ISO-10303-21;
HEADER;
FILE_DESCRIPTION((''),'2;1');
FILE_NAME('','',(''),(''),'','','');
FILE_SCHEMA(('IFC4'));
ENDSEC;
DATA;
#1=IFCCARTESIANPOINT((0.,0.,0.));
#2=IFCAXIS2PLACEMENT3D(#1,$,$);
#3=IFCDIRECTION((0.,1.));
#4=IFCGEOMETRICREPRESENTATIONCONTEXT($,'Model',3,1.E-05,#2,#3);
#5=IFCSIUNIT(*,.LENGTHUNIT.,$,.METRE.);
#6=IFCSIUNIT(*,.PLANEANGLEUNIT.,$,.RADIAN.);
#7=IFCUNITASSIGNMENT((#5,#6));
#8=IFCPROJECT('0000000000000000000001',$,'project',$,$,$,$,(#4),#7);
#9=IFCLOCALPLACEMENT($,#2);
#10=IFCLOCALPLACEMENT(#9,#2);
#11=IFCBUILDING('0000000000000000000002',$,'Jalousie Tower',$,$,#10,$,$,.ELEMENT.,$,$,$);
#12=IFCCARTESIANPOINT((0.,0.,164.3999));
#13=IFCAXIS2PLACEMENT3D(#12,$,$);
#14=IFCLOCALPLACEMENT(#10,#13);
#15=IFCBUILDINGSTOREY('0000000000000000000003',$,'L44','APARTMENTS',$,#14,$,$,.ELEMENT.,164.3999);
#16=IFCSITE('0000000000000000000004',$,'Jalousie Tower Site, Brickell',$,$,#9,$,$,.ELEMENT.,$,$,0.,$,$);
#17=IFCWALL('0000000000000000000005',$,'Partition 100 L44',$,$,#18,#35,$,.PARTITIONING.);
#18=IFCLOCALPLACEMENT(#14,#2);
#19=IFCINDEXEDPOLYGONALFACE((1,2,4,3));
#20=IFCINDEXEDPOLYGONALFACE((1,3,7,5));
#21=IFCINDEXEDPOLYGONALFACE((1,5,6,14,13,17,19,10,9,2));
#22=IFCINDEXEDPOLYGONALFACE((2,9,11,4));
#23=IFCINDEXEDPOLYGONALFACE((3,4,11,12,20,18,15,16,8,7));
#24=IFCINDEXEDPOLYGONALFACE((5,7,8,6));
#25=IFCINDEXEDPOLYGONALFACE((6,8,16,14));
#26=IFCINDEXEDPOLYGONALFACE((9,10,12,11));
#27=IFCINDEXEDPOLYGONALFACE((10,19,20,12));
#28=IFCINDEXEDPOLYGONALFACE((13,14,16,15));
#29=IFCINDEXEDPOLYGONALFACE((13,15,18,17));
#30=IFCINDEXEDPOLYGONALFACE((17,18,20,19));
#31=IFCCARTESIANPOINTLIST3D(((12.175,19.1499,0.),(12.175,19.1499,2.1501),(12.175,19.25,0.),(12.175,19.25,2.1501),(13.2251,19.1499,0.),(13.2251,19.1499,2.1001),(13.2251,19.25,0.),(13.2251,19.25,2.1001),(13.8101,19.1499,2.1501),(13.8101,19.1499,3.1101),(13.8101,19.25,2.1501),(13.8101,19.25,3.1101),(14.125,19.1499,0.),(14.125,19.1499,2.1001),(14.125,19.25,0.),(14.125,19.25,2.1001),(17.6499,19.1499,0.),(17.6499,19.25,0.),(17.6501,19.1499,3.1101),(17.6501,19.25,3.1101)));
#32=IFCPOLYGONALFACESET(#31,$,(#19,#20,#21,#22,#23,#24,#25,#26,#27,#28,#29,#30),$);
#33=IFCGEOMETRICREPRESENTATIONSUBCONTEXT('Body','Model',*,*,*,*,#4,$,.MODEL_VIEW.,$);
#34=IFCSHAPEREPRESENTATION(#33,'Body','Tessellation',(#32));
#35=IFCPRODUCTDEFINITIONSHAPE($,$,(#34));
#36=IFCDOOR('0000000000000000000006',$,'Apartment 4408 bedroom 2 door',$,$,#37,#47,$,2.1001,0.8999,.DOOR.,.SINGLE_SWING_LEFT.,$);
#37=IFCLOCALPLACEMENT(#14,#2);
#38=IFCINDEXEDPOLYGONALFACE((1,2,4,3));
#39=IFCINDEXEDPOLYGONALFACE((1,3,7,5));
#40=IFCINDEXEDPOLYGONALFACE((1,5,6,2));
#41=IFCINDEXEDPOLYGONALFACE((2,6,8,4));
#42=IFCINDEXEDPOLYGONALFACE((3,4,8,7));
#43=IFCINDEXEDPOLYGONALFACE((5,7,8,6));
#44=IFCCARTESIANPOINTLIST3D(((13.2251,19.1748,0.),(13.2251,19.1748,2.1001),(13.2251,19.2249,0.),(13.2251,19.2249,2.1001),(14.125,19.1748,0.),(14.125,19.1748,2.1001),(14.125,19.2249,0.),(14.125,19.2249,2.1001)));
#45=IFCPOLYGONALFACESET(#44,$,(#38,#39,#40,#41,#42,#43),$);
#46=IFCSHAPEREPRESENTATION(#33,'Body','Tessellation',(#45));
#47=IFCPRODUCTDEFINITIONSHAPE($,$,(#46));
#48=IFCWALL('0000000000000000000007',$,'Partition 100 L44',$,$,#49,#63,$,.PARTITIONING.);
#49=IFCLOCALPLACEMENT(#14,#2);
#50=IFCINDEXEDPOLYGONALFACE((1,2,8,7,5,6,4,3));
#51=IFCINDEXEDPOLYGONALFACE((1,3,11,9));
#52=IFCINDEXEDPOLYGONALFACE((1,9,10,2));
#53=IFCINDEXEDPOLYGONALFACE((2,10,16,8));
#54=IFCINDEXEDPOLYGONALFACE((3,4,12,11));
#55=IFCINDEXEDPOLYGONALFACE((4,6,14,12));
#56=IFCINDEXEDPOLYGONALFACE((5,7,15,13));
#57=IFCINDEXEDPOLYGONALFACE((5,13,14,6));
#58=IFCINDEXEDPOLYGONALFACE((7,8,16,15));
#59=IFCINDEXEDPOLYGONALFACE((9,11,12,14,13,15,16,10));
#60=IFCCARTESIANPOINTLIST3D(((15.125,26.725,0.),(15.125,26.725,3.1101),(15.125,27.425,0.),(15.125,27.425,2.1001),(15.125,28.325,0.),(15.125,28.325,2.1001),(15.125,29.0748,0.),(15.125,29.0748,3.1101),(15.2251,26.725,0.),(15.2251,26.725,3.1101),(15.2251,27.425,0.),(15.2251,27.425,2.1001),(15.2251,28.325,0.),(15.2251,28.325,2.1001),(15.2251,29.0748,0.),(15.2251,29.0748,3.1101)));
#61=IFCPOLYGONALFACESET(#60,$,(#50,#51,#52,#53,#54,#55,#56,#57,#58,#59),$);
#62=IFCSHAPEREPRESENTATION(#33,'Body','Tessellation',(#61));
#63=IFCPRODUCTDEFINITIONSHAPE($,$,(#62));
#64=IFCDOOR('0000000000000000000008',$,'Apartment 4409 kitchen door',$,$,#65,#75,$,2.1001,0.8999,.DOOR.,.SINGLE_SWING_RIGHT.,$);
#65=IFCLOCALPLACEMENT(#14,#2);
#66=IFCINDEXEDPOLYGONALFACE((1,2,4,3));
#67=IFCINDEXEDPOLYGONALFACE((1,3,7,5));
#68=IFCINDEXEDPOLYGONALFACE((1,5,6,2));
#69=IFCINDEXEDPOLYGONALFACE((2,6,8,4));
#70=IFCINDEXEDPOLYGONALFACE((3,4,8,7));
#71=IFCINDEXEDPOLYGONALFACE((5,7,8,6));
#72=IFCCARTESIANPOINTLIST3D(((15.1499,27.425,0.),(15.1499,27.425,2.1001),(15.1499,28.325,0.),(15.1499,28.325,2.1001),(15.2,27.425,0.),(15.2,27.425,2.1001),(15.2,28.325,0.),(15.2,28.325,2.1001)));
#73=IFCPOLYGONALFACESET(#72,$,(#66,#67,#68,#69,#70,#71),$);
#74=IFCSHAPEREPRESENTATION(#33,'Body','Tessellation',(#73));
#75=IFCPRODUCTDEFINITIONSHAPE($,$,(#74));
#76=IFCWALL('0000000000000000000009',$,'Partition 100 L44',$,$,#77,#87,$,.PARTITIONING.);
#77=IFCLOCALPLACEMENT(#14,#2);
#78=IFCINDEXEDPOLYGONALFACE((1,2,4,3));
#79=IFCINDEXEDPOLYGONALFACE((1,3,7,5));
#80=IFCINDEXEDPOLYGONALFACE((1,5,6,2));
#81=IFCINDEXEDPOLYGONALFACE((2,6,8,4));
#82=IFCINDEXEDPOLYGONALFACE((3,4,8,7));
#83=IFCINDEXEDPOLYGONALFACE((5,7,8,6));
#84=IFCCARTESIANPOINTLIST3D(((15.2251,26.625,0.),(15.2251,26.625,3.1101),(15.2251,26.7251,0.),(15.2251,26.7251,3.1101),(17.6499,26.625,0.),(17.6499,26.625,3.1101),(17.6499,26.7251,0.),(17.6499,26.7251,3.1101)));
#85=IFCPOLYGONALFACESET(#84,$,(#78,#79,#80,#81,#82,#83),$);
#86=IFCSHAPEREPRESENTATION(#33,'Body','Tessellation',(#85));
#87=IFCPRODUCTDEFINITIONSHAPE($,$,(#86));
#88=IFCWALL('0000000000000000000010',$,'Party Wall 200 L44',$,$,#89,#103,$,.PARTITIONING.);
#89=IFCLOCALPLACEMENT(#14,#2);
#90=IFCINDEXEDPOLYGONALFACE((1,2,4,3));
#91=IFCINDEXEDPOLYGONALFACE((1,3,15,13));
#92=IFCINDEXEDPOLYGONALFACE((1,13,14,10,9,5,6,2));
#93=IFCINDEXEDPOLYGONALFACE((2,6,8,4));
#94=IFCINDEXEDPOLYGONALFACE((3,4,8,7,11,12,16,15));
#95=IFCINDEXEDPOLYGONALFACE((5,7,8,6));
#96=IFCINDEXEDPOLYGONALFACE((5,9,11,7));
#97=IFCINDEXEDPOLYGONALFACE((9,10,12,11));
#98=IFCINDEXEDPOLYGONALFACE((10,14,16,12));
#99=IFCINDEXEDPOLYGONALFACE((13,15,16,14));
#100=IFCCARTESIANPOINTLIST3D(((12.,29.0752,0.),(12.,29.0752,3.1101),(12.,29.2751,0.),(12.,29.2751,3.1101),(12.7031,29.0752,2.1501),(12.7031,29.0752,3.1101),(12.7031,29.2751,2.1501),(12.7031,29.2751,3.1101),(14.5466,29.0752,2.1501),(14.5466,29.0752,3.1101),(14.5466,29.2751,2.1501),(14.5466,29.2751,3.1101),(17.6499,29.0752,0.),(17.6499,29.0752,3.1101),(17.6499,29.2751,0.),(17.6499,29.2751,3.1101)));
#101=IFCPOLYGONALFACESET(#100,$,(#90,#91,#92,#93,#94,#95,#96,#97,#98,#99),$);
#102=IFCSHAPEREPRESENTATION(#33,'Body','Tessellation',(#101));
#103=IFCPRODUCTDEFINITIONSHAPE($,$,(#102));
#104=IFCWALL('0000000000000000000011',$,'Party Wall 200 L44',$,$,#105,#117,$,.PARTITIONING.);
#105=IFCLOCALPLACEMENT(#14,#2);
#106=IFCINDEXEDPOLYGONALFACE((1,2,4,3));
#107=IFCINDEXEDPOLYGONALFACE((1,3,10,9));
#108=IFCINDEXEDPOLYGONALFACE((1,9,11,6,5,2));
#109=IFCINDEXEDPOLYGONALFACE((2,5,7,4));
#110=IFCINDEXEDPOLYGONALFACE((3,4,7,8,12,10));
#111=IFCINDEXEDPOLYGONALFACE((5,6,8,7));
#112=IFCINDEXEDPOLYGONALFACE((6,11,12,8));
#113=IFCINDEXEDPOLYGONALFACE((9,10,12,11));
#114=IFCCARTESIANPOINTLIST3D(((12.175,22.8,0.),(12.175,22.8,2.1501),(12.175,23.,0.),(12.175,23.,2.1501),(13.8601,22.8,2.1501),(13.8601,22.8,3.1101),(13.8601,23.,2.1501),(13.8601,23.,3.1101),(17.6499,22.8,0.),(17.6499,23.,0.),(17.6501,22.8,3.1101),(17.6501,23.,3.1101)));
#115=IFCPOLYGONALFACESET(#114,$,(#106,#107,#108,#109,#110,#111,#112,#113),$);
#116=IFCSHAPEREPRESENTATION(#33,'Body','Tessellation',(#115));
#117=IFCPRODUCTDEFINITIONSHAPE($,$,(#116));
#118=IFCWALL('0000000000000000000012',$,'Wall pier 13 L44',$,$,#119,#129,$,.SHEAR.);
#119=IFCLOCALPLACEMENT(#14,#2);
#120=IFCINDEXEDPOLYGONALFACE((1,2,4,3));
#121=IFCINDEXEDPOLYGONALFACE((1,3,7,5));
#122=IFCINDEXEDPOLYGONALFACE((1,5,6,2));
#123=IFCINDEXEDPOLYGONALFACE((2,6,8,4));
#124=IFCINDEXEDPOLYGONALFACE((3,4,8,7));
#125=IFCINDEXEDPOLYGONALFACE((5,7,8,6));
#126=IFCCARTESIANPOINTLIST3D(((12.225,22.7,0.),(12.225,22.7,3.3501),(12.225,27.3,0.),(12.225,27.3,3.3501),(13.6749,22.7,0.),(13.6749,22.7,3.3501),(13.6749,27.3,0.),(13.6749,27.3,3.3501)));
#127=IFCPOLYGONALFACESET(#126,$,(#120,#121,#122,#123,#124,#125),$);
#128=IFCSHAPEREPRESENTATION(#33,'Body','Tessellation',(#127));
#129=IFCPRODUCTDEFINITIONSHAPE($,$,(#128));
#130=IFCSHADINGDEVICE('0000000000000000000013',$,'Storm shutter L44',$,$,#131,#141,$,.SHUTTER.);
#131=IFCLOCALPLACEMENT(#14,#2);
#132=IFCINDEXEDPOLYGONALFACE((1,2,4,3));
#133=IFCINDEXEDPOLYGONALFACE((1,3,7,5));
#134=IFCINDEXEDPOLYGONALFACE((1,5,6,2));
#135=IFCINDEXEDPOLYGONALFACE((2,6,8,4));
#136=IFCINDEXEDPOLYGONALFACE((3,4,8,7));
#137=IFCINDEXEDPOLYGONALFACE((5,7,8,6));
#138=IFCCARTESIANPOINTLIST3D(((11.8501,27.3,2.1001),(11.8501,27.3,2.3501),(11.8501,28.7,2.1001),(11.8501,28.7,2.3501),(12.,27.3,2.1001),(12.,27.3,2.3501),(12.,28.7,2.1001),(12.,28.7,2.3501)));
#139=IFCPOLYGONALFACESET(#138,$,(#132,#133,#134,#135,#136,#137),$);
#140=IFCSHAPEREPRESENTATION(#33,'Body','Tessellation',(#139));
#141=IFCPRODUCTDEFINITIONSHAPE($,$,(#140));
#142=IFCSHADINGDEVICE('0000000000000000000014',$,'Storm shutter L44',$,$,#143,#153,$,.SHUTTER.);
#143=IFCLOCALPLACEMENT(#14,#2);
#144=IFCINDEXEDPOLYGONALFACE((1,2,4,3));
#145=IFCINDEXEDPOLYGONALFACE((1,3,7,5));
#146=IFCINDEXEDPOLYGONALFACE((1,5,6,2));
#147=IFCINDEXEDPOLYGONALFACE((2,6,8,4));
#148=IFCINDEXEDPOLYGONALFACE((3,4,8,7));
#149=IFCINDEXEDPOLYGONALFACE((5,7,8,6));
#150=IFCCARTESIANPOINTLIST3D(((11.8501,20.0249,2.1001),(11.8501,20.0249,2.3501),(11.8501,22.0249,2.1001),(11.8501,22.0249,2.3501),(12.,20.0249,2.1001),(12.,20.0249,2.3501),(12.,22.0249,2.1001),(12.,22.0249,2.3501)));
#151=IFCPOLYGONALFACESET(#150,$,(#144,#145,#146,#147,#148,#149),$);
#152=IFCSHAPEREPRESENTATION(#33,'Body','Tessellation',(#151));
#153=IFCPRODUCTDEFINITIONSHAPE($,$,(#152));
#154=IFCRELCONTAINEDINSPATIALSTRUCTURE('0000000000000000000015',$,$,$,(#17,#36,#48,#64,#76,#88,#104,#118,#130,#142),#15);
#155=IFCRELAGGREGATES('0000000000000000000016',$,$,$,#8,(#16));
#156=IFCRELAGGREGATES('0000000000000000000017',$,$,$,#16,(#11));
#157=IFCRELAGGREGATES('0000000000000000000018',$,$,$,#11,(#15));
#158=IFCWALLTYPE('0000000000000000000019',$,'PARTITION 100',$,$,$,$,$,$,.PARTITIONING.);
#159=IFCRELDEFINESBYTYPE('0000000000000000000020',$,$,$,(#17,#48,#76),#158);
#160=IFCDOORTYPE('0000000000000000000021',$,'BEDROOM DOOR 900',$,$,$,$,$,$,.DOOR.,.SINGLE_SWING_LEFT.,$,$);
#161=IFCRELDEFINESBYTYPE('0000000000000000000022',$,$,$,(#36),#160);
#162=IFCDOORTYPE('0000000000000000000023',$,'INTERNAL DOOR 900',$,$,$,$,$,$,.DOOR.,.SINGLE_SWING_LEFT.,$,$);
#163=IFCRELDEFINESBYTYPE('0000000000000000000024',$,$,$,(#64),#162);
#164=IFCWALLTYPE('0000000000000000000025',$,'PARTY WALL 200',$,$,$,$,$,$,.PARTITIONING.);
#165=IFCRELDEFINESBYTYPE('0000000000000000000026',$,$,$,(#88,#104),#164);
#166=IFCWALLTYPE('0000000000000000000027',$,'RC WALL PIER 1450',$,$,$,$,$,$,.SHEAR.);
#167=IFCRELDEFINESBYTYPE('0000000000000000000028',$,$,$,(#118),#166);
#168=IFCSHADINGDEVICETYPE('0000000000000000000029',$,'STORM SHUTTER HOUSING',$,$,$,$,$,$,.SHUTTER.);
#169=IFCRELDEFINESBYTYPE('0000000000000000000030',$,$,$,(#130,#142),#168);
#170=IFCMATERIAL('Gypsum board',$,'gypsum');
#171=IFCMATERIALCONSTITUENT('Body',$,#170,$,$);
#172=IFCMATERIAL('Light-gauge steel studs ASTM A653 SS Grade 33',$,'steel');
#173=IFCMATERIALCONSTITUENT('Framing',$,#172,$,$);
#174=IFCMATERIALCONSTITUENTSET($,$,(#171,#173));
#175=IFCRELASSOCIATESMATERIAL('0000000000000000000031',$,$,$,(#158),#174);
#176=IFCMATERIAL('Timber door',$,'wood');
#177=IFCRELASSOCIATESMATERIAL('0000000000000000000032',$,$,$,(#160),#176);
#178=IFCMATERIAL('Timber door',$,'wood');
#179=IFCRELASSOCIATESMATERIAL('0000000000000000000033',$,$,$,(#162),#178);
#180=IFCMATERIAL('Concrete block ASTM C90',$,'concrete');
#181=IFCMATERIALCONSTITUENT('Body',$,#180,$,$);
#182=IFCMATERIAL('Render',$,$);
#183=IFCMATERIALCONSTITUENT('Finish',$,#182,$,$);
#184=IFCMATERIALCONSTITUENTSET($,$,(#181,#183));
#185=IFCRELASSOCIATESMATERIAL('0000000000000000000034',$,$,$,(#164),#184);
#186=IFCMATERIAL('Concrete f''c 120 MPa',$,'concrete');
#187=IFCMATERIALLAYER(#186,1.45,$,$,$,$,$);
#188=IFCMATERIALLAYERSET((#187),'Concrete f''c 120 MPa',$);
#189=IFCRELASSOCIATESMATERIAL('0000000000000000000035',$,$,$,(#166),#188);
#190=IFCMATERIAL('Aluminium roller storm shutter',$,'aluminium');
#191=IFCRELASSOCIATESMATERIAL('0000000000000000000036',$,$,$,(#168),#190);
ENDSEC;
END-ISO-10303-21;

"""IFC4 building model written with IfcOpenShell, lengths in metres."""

from ifc_helpers import new_model, si_unit, direction, frame, frame_2d, origin, origin_2d, place, context, subcontext, project, spatial, polyline, rectangle, outline, extrude, material, layer, layer_set, constituent, constituent_set, type_object, element, fill, save


model = new_model("IFC4")

# Units and contexts
model_context = context("Model", 3, precision=1e-05, world=origin(), true_north=direction((0.0, 1.0)))
body_context = subcontext(model_context, "Body", "Model", "MODEL_VIEW")
ifc_project = project(units=[si_unit("LENGTHUNIT", "METRE"), si_unit("PLANEANGLEUNIT", "RADIAN")], contexts=[model_context])

# Site, building, storey
site_placement = place(None, origin())
site = spatial("IfcSite", under=ifc_project, at=site_placement, Name="Jalousie Tower Site, Brickell", CompositionType="ELEMENT", RefElevation=0.0)
building_placement = place(site_placement, origin())
building = spatial("IfcBuilding", under=site, at=building_placement, Name="Jalousie Tower", CompositionType="ELEMENT")
storey_placement = place(building_placement, frame((0.0, 0.0, 164.3999)))
storey = spatial("IfcBuildingStorey", under=building, at=storey_placement, Name="L44", Description="APARTMENTS", CompositionType="ELEMENT", Elevation=164.3999)

# Walls, openings, doors
ifc_material_1 = material(Name="Gypsum board", Category="gypsum")
ifc_constituent_1 = constituent(ifc_material_1, Name="Body")
ifc_material_2 = material(Name="Light-gauge steel studs ASTM A653 SS Grade 33", Category="steel")
ifc_constituent_2 = constituent(ifc_material_2, Name="Framing")
ifc_constituent_set_1 = constituent_set(constituents=[ifc_constituent_1, ifc_constituent_2])
wall_type_1 = type_object("IfcWallType", Name="PARTITION 100", PredefinedType="PARTITIONING", material=ifc_constituent_set_1)
wall_1_placement = place(storey_placement, frame((12.175, 19.2, 0.0), z_axis=(0.0, 0.0, 1.0), x_axis=(1.0, 0.0, 0.0)))
wall_1 = element("IfcWall", 1, at=wall_1_placement, inside=storey, type_object=wall_type_1, Name="Partition 100 L44", PredefinedType="PARTITIONING", context=body_context, shape_type="SweptSolid", body=[
    extrude(outline(polyline([(0.0, 0.0), (5.4749, 0.0), (5.4751, 3.1101), (1.635, 3.1101), (1.635, 2.1501), (0.0, 2.1501), (0.0, 3.1101), (0.0, 0.0)])), frame((0.0, 0.05, 0.0), z_axis=(0.0, -1.0, 0.0), x_axis=(1.0, 0.0, 0.0)), (0.0, 0.0, 1.0), 0.1001),
])
opening_1_placement = place(wall_1_placement, frame((1.05, 0.0, 0.0)))
opening_1 = element("IfcOpeningElement", 2, at=opening_1_placement, cuts=wall_1, PredefinedType="OPENING", context=body_context, shape_type="SweptSolid", body=[
    extrude(rectangle(XDim=0.8999, YDim=2.1001, at=frame_2d((0.45, 1.05))), frame((0.0, 0.0601, 0.0), z_axis=(0.0, -1.0, 0.0), x_axis=(1.0, 0.0, 0.0)), (0.0, 0.0, 1.0), 0.1201),
])
ifc_material_3 = material(Name="Timber door", Category="wood")
door_type_1 = type_object("IfcDoorType", Name="BEDROOM DOOR 900", OperationType="SINGLE_SWING_LEFT", PredefinedType="DOOR", material=ifc_material_3)
door_1_placement = place(opening_1_placement, origin())
door_1 = element("IfcDoor", 3, at=door_1_placement, inside=storey, type_object=door_type_1, Name="Apartment 4408 bedroom 2 door", OperationType="SINGLE_SWING_LEFT", OverallHeight=2.1001, OverallWidth=0.8999, PredefinedType="DOOR", context=body_context, shape_type="SweptSolid", body=[
    extrude(rectangle(XDim=0.8999, YDim=2.1001, at=frame_2d((0.45, 1.05))), frame((0.0, 0.0249, 0.0), z_axis=(0.0, -1.0, 0.0), x_axis=(1.0, 0.0, 0.0)), (0.0, 0.0, 1.0), 0.05),
])
fill(opening_1, door_1)
wall_2_placement = place(storey_placement, frame((15.175, 26.7251, 0.0), z_axis=(0.0, 0.0, 1.0), x_axis=(0.0, 1.0, 0.0)))
wall_2 = element("IfcWall", 4, at=wall_2_placement, inside=storey, type_object=wall_type_1, Name="Partition 100 L44", PredefinedType="PARTITIONING", context=body_context, shape_type="SweptSolid", body=[
    extrude(rectangle(XDim=2.3499, YDim=0.1001, at=frame_2d((1.1748, 0.0))), origin(), (0.0, 0.0, 1.0), 3.1101),
])
opening_2_placement = place(wall_2_placement, frame((0.7, 0.0, 0.0)))
opening_2 = element("IfcOpeningElement", 5, at=opening_2_placement, cuts=wall_2, PredefinedType="OPENING", context=body_context, shape_type="SweptSolid", body=[
    extrude(rectangle(XDim=0.8999, YDim=2.1001, at=frame_2d((0.45, 1.05))), frame((0.0, 0.0601, 0.0), z_axis=(0.0, -1.0, 0.0), x_axis=(1.0, 0.0, 0.0)), (0.0, 0.0, 1.0), 0.1201),
])
ifc_material_4 = material(Name="Timber door", Category="wood")
door_type_2 = type_object("IfcDoorType", Name="INTERNAL DOOR 900", OperationType="SINGLE_SWING_LEFT", PredefinedType="DOOR", material=ifc_material_4)
door_2_placement = place(opening_2_placement, frame((0.8999, 0.0, 0.0), z_axis=(0.0, 0.0, 1.0), x_axis=(-1.0, 0.0, 0.0)))
door_2 = element("IfcDoor", 6, at=door_2_placement, inside=storey, type_object=door_type_2, Name="Apartment 4409 kitchen door", OperationType="SINGLE_SWING_RIGHT", OverallHeight=2.1001, OverallWidth=0.8999, PredefinedType="DOOR", context=body_context, shape_type="SweptSolid", body=[
    extrude(rectangle(XDim=0.8999, YDim=2.1001, at=frame_2d((0.45, 1.05))), frame((0.0, 0.0249, 0.0), z_axis=(0.0, -1.0, 0.0), x_axis=(1.0, 0.0, 0.0)), (0.0, 0.0, 1.0), 0.05),
])
fill(opening_2, door_2)

# Walls
wall_3_placement = place(storey_placement, frame((15.2251, 26.675, 0.0), z_axis=(0.0, 0.0, 1.0), x_axis=(1.0, 0.0, 0.0)))
element("IfcWall", 7, at=wall_3_placement, inside=storey, type_object=wall_type_1, Name="Partition 100 L44", PredefinedType="PARTITIONING", context=body_context, shape_type="SweptSolid", body=[
    extrude(rectangle(XDim=2.4248, YDim=0.1001, at=frame_2d((1.2124, 0.0))), origin(), (0.0, 0.0, 1.0), 3.1101),
])
ifc_material_5 = material(Name="Concrete block ASTM C90", Category="concrete")
ifc_constituent_3 = constituent(ifc_material_5, Name="Body")
ifc_material_6 = material(Name="Render")
ifc_constituent_4 = constituent(ifc_material_6, Name="Finish")
ifc_constituent_set_2 = constituent_set(constituents=[ifc_constituent_3, ifc_constituent_4])
wall_type_2 = type_object("IfcWallType", Name="PARTY WALL 200", PredefinedType="PARTITIONING", material=ifc_constituent_set_2)
wall_4_placement = place(storey_placement, frame((12.0, 29.175, 0.0), z_axis=(0.0, 0.0, 1.0), x_axis=(1.0, 0.0, 0.0)))
element("IfcWall", 8, at=wall_4_placement, inside=storey, type_object=wall_type_2, Name="Party Wall 200 L44", PredefinedType="PARTITIONING", context=body_context, shape_type="SweptSolid", body=[
    extrude(outline(polyline([(0.0, 0.0), (5.6499, 0.0), (5.6499, 3.1101), (2.5466, 3.1101), (2.5466, 2.1501), (0.7031, 2.1501), (0.7031, 3.1101), (0.0, 3.1101), (0.0, 0.0)])), frame((0.0, 0.1001, 0.0), z_axis=(0.0, -1.0, 0.0), x_axis=(1.0, 0.0, 0.0)), (0.0, 0.0, 1.0), 0.2),
])
wall_5_placement = place(storey_placement, frame((12.175, 22.8999, 0.0), z_axis=(0.0, 0.0, 1.0), x_axis=(1.0, 0.0, 0.0)))
element("IfcWall", 9, at=wall_5_placement, inside=storey, type_object=wall_type_2, Name="Party Wall 200 L44", PredefinedType="PARTITIONING", context=body_context, shape_type="SweptSolid", body=[
    extrude(outline(polyline([(0.0, 0.0), (5.4749, 0.0), (5.4751, 3.1101), (1.6851, 3.1101), (1.6851, 2.1501), (0.0, 2.1501), (0.0, 3.1101), (0.0, 0.0)])), frame((0.0, 0.1001, 0.0), z_axis=(0.0, -1.0, 0.0), x_axis=(1.0, 0.0, 0.0)), (0.0, 0.0, 1.0), 0.2),
])
ifc_material_7 = material(Name="Concrete f'c 120 MPa", Category="concrete")
ifc_layer_1 = layer(ifc_material_7, 1.45)
ifc_layer_set_1 = layer_set([ifc_layer_1], Name="Concrete f'c 120 MPa")
wall_type_3 = type_object("IfcWallType", Name="RC WALL PIER 1450", PredefinedType="SHEAR", material=ifc_layer_set_1)
wall_6_placement = place(storey_placement, frame((12.95, 22.7, 0.0), z_axis=(0.0, 0.0, 1.0), x_axis=(0.0, 1.0, 0.0)))
element("IfcWall", 10, at=wall_6_placement, inside=storey, type_object=wall_type_3, Name="Wall pier 13 L44", PredefinedType="SHEAR", context=body_context, shape_type="SweptSolid", body=[
    extrude(rectangle(XDim=4.6001, YDim=1.45, at=frame_2d((2.3, 0.0))), origin(), (0.0, 0.0, 1.0), 3.3501),
])

# Shading devices
ifc_material_8 = material(Name="Aluminium roller storm shutter", Category="aluminium")
shading_device_type = type_object("IfcShadingDeviceType", Name="STORM SHUTTER HOUSING", PredefinedType="SHUTTER", material=ifc_material_8)
shading_device_1_placement = place(storey_placement, frame((11.925, 28.0, 2.1001), z_axis=(0.0, 0.0, 1.0), x_axis=(0.0, -1.0, 0.0)))
element("IfcShadingDevice", 11, at=shading_device_1_placement, inside=storey, type_object=shading_device_type, Name="Storm shutter L44", PredefinedType="SHUTTER", context=body_context, shape_type="SweptSolid", body=[
    extrude(rectangle(XDim=1.3999, YDim=0.1499, at=origin_2d()), origin(), (0.0, 0.0, 1.0), 0.25),
])
shading_device_2_placement = place(storey_placement, frame((11.925, 21.0249, 2.1001), z_axis=(0.0, 0.0, 1.0), x_axis=(0.0, -1.0, 0.0)))
element("IfcShadingDevice", 12, at=shading_device_2_placement, inside=storey, type_object=shading_device_type, Name="Storm shutter L44", PredefinedType="SHUTTER", context=body_context, shape_type="SweptSolid", body=[
    extrude(rectangle(XDim=2.0, YDim=0.1499, at=origin_2d()), origin(), (0.0, 0.0, 1.0), 0.25),
])

save(model, "model.ifc")
